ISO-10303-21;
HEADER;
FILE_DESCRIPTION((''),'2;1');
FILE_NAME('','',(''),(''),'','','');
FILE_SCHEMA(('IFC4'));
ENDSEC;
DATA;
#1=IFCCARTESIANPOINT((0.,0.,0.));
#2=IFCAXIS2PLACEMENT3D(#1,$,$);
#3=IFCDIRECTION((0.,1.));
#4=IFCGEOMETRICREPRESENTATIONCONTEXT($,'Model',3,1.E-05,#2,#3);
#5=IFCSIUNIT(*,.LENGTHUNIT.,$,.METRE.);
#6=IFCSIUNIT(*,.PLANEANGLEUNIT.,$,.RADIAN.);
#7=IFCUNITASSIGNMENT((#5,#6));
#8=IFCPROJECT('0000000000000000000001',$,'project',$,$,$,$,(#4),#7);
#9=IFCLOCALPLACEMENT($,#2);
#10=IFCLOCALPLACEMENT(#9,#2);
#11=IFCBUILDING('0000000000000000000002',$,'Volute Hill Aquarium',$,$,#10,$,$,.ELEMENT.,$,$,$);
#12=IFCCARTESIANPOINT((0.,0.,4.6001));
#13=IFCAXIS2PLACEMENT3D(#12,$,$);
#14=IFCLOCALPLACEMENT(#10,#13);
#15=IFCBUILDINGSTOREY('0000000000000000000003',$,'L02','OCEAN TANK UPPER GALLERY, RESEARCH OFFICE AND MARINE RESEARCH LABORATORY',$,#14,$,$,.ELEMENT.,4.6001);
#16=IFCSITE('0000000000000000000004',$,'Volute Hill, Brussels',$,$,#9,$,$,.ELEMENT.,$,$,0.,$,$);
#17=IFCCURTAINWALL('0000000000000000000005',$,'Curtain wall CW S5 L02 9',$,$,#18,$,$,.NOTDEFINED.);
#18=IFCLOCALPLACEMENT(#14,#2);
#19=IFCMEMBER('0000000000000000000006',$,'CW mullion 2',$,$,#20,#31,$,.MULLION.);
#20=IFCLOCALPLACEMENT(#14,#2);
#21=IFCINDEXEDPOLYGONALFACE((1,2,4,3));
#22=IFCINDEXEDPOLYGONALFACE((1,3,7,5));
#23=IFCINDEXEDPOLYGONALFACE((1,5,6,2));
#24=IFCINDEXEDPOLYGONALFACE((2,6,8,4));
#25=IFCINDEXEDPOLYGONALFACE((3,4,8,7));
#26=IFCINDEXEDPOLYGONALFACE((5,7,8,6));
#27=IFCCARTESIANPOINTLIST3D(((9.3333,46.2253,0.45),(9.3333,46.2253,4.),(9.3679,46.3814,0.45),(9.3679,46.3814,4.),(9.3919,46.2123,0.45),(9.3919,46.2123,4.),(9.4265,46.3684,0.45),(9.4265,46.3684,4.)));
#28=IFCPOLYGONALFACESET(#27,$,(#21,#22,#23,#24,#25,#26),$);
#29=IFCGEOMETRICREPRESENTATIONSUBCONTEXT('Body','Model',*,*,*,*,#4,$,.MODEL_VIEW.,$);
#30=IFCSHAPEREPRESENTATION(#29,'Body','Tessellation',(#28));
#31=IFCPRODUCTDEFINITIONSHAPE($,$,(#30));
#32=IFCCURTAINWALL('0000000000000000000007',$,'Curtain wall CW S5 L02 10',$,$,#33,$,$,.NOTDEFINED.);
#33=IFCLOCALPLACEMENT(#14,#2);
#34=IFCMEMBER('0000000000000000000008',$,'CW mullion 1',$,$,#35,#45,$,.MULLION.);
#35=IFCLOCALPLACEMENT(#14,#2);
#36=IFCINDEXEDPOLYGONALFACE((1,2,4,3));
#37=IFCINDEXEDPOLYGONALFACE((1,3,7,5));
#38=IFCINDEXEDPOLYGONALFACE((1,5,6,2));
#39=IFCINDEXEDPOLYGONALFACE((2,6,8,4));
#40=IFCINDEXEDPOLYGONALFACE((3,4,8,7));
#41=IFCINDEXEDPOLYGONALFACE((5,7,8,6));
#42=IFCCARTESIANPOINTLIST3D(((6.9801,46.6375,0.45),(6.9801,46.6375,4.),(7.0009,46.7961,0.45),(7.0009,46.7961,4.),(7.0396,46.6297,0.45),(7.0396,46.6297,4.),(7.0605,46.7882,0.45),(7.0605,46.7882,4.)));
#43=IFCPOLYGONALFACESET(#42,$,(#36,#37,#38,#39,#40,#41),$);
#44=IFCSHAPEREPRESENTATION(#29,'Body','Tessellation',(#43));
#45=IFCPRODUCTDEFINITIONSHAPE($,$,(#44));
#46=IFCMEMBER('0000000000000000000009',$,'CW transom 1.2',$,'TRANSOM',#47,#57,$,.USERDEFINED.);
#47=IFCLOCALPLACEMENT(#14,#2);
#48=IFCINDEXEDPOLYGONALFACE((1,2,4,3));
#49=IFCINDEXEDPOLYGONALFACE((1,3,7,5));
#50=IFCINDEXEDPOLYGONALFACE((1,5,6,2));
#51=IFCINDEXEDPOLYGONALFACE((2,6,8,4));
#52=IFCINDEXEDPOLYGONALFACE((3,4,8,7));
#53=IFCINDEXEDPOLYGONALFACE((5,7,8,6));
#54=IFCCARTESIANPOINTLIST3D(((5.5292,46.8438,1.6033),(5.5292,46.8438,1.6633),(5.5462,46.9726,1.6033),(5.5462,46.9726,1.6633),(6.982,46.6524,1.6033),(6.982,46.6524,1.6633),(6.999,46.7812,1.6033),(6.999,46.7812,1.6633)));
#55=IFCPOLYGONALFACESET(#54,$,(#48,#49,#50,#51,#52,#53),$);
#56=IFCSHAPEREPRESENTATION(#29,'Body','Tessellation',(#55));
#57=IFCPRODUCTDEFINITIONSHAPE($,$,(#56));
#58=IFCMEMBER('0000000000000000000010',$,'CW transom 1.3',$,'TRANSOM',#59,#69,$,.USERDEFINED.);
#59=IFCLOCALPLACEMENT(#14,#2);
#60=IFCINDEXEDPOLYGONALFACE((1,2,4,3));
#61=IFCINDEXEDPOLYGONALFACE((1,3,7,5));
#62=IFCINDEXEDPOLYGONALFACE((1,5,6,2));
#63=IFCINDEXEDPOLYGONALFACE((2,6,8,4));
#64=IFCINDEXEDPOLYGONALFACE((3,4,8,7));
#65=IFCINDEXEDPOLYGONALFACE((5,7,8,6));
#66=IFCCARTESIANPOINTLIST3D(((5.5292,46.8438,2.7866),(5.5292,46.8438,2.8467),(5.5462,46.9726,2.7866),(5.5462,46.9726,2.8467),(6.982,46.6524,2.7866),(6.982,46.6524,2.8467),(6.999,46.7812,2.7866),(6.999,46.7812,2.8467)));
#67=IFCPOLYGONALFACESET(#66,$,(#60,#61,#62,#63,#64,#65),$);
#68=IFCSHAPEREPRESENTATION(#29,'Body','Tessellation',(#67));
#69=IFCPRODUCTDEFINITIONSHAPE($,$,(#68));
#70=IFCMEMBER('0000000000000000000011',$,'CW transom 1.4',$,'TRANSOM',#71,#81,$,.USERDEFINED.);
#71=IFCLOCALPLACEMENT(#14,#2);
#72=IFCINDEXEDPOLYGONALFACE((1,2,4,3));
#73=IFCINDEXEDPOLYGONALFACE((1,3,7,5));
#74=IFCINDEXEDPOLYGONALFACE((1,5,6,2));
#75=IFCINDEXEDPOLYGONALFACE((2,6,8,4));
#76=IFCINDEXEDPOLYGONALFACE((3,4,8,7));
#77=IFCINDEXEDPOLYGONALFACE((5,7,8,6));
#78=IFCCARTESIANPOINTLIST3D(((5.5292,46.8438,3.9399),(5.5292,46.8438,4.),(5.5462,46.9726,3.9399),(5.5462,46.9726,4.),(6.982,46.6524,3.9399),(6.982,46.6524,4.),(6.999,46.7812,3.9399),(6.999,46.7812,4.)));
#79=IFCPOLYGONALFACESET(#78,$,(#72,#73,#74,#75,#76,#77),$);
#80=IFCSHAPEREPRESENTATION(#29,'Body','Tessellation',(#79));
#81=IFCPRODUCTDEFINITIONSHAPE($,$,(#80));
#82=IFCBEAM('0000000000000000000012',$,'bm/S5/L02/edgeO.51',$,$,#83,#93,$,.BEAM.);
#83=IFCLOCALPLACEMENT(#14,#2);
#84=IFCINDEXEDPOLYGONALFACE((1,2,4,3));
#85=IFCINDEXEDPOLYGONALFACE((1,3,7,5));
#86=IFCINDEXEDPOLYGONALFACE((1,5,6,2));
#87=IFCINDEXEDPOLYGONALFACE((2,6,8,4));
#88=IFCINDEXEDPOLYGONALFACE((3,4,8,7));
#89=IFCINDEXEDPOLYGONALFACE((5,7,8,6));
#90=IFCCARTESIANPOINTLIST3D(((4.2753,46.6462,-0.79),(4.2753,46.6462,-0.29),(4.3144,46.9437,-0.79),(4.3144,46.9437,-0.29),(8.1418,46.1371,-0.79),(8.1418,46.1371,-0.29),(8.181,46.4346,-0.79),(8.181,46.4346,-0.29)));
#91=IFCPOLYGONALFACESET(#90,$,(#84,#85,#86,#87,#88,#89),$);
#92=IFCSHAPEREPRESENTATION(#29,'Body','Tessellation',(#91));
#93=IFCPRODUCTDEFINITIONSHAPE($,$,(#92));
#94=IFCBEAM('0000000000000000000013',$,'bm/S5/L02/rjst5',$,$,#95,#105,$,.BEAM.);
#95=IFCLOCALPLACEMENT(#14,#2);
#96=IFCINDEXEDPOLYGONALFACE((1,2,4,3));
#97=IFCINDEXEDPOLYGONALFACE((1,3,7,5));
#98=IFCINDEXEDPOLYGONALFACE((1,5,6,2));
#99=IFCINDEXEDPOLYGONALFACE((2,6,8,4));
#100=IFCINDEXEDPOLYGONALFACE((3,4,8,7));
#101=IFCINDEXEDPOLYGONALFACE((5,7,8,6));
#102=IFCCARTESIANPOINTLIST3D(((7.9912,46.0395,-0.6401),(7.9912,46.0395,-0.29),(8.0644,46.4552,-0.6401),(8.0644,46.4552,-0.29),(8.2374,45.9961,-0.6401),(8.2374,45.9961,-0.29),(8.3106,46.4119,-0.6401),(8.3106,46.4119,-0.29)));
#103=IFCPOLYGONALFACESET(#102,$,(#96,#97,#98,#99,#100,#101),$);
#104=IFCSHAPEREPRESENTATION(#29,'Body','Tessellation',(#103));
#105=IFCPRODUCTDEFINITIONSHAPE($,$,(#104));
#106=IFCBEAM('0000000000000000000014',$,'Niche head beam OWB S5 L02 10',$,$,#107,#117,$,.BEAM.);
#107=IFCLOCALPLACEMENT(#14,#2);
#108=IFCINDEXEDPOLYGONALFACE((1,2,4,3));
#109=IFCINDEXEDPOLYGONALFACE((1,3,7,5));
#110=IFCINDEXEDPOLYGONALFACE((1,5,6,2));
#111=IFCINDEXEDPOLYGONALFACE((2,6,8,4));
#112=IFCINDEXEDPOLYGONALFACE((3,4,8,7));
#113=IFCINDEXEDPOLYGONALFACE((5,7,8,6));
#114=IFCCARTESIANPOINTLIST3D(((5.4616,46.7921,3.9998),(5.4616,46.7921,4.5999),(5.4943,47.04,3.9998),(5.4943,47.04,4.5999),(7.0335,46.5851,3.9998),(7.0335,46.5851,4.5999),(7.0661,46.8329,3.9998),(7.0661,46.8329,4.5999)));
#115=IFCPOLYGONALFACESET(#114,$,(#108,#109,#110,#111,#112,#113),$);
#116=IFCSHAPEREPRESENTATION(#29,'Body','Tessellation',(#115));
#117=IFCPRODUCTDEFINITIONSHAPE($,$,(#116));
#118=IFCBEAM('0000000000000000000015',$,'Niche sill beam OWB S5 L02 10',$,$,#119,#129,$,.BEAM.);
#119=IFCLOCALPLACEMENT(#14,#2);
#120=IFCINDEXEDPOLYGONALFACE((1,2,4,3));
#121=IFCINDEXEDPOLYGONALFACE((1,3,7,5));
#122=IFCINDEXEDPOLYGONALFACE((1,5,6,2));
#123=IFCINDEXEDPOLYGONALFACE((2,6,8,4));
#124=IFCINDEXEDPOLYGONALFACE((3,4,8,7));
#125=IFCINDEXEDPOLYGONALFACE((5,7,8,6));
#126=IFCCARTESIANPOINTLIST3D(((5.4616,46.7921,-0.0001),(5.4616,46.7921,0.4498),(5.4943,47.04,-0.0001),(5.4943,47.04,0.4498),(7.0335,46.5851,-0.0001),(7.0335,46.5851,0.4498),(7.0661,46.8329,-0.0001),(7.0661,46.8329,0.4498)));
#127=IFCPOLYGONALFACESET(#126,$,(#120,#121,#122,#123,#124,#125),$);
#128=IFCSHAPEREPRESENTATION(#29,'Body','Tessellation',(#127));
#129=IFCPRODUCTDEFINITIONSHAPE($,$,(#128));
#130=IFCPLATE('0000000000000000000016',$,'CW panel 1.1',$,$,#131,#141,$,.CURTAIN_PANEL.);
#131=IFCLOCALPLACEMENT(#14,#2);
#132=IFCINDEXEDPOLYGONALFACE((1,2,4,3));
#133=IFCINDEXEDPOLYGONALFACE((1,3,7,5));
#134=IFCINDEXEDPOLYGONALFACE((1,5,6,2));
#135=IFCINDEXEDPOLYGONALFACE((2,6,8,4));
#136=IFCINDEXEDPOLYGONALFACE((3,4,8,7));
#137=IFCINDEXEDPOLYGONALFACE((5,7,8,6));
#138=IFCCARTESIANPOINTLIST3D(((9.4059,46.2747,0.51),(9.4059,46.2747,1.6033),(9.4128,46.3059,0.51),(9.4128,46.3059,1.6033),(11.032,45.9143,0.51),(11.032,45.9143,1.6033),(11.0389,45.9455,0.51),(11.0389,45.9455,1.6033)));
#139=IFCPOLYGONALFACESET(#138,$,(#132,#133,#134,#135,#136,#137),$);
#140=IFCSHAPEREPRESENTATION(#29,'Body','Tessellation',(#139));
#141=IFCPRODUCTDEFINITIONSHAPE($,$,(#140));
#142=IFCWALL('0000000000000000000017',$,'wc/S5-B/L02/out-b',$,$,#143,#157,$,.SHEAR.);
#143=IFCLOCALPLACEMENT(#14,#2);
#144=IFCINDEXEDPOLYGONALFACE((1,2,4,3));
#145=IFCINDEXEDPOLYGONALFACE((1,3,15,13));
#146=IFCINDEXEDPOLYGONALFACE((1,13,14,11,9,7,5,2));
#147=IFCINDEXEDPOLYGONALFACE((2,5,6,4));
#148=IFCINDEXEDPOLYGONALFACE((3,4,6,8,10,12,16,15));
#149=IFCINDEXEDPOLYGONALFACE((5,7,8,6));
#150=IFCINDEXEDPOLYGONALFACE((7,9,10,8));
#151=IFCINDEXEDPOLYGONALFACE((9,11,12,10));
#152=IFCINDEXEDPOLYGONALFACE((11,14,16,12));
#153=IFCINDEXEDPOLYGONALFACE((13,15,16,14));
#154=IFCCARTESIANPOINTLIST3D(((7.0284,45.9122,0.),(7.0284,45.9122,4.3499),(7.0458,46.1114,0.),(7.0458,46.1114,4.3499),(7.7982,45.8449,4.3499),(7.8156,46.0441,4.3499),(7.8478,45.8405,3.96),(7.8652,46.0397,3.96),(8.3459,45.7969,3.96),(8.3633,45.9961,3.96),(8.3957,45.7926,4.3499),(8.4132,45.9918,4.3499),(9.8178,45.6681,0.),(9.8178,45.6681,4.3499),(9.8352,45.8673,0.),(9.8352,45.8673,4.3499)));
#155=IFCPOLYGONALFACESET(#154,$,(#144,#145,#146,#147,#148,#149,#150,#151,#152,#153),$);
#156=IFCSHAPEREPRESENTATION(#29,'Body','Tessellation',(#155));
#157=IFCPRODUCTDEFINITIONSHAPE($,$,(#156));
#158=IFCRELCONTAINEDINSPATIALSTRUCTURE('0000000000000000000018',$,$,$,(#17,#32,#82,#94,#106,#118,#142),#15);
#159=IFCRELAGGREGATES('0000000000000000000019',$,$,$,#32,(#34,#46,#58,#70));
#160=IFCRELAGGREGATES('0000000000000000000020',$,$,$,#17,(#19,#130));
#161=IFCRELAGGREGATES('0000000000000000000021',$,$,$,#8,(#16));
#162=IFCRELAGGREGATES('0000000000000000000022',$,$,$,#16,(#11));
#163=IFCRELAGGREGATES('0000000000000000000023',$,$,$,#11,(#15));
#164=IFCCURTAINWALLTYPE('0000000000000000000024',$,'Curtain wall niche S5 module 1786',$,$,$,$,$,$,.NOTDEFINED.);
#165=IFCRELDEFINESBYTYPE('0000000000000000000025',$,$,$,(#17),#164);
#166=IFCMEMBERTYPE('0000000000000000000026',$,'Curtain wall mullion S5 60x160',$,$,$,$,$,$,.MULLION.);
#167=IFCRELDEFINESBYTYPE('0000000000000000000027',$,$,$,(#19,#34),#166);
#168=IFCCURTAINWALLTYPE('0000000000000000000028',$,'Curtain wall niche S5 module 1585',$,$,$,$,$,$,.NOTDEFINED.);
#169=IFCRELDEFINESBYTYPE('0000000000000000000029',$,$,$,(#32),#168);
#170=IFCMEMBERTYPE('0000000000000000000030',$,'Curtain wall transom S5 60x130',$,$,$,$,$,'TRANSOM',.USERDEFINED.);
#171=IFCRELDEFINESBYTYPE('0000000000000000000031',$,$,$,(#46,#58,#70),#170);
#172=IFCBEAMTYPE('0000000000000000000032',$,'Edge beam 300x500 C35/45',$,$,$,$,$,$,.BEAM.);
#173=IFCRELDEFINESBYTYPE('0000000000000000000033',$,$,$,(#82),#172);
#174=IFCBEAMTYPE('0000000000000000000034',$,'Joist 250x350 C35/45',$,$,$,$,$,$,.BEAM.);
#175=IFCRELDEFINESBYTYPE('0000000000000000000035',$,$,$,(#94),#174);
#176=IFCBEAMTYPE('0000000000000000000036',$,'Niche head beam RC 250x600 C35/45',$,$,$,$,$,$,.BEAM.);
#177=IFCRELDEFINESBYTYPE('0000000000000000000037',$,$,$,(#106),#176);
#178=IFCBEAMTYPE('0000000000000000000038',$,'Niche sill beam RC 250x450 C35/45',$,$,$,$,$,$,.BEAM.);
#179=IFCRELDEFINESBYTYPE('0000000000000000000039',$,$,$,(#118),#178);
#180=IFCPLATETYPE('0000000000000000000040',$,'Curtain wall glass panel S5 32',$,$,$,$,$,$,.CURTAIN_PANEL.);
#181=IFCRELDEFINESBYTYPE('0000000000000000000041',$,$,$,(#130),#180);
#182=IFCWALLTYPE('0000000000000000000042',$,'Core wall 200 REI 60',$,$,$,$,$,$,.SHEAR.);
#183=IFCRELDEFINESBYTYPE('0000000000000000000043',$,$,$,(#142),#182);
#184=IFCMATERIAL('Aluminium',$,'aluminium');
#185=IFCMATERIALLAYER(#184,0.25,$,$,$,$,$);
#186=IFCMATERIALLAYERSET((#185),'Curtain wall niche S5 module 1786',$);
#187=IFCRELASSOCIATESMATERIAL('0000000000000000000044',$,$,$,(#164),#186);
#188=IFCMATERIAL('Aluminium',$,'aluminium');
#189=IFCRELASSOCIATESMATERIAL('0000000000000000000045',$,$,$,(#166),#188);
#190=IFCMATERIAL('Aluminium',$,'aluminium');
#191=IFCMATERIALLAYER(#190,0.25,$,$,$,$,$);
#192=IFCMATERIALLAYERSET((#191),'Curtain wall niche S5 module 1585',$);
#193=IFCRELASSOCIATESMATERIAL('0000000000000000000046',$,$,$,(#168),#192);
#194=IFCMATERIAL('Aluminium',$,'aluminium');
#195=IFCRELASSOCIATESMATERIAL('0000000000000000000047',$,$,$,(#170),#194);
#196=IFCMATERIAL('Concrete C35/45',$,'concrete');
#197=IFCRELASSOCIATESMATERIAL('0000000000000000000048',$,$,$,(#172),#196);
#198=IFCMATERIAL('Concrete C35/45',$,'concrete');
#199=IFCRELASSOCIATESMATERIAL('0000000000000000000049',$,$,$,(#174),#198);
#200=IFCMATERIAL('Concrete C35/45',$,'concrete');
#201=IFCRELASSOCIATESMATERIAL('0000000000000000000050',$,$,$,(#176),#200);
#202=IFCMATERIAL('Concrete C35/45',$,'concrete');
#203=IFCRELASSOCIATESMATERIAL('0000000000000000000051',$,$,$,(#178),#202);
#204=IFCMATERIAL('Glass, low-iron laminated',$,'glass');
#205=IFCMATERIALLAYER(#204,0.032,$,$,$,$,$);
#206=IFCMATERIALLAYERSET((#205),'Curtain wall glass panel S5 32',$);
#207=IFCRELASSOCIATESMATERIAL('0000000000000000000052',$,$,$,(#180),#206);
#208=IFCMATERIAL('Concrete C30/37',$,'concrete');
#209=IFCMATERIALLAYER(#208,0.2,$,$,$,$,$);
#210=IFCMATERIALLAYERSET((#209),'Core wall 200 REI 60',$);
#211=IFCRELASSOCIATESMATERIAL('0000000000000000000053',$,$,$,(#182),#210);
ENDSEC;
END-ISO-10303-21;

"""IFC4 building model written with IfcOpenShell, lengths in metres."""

from ifc_helpers import new_model, si_unit, direction, frame, origin, origin_2d, place, context, subcontext, project, spatial, polyline, rectangle, outline, extrude, material, layer, layer_set, material_profile, profile_set, type_object, element, aggregate, save


model = new_model("IFC4")

# Units and contexts
model_context = context("Model", 3, precision=1e-05, world=origin(), true_north=direction((0.0, 1.0)))
body_context = subcontext(model_context, "Body", "Model", "MODEL_VIEW")
ifc_project = project(units=[si_unit("LENGTHUNIT", "METRE"), si_unit("PLANEANGLEUNIT", "RADIAN")], contexts=[model_context])

# Site, building, storey
site_placement = place(None, origin())
site = spatial("IfcSite", under=ifc_project, at=site_placement, Name="Volute Hill, Brussels", CompositionType="ELEMENT", RefElevation=0.0)
building_placement = place(site_placement, origin())
building = spatial("IfcBuilding", under=site, at=building_placement, Name="Volute Hill Aquarium", CompositionType="ELEMENT")
storey_placement = place(building_placement, frame((0.0, 0.0, 4.6001)))
storey = spatial("IfcBuildingStorey", under=building, at=storey_placement, Name="L02", Description="OCEAN TANK UPPER GALLERY, RESEARCH OFFICE AND MARINE RESEARCH LABORATORY", CompositionType="ELEMENT", Elevation=4.6001)

# Curtain wall, member
ifc_material_1 = material(Name="Aluminium", Category="aluminium")
ifc_layer_1 = layer(ifc_material_1, 0.25)
ifc_layer_set_1 = layer_set([ifc_layer_1], Name="Curtain wall niche S5 module 1786")
curtain_wall_type_1 = type_object("IfcCurtainWallType", Name="Curtain wall niche S5 module 1786", PredefinedType="NOTDEFINED", material=ifc_layer_set_1)
curtain_wall_1_placement = place(storey_placement, origin())
curtain_wall_1 = element("IfcCurtainWall", 1, at=curtain_wall_1_placement, inside=storey, type_object=curtain_wall_type_1, Name="Curtain wall CW S5 L02 9", PredefinedType="NOTDEFINED")
ifc_material_2 = material(Name="Aluminium", Category="aluminium")
ifc_material_profile_1 = material_profile(ifc_material_2, rectangle(XDim=0.1599, YDim=0.0601, at=origin_2d()), Name="Curtain wall mullion S5 60x160")
ifc_profile_set_1 = profile_set([ifc_material_profile_1], Name="Aluminium")
member_type_1 = type_object("IfcMemberType", Name="Curtain wall mullion S5 60x160", PredefinedType="MULLION", material=ifc_profile_set_1)
member_1_placement = place(storey_placement, frame((9.3799, 46.2969, 0.45), z_axis=(0.0, 0.0, 1.0), x_axis=(-0.216422, -0.9763, 0.0)))
member_1 = element("IfcMember", 2, at=member_1_placement, type_object=member_type_1, Name="CW mullion 2", PredefinedType="MULLION", context=body_context, shape_type="SweptSolid", body=[
    extrude(rectangle(XDim=0.1599, YDim=0.0601, at=origin_2d()), origin(), (0.0, 0.0, 1.0), 3.55),
])

# Curtain wall, members
ifc_material_3 = material(Name="Aluminium", Category="aluminium")
ifc_layer_2 = layer(ifc_material_3, 0.25)
ifc_layer_set_2 = layer_set([ifc_layer_2], Name="Curtain wall niche S5 module 1585")
curtain_wall_type_2 = type_object("IfcCurtainWallType", Name="Curtain wall niche S5 module 1585", PredefinedType="NOTDEFINED", material=ifc_layer_set_2)
curtain_wall_2_placement = place(storey_placement, origin())
curtain_wall_2 = element("IfcCurtainWall", 3, at=curtain_wall_2_placement, inside=storey, type_object=curtain_wall_type_2, Name="Curtain wall CW S5 L02 10", PredefinedType="NOTDEFINED")
member_2_placement = place(storey_placement, frame((7.0203, 46.7129, 0.45), z_axis=(0.0, 0.0, 1.0), x_axis=(-0.130539, -0.991443, 0.0)))
member_2 = element("IfcMember", 4, at=member_2_placement, type_object=member_type_1, Name="CW mullion 1", PredefinedType="MULLION", context=body_context, shape_type="SweptSolid", body=[
    extrude(rectangle(XDim=0.1599, YDim=0.0601, at=origin_2d()), origin(), (0.0, 0.0, 1.0), 3.55),
])
ifc_material_4 = material(Name="Aluminium", Category="aluminium")
ifc_material_profile_2 = material_profile(ifc_material_4, rectangle(XDim=0.1299, YDim=0.0601, at=origin_2d()), Name="Curtain wall transom S5 60x130")
ifc_profile_set_2 = profile_set([ifc_material_profile_2], Name="Aluminium")
member_type_2 = type_object("IfcMemberType", Name="Curtain wall transom S5 60x130", ElementType="TRANSOM", PredefinedType="USERDEFINED", material=ifc_profile_set_2)
member_3_placement = place(storey_placement, frame((6.9905, 46.7168, 1.6333), z_axis=(-0.991433, 0.130614, 0.0), x_axis=(-0.130614, -0.991433, 0.0)))
member_3 = element("IfcMember", 5, at=member_3_placement, type_object=member_type_2, Name="CW transom 1.2", ObjectType="TRANSOM", PredefinedType="USERDEFINED", context=body_context, shape_type="SweptSolid", body=[
    extrude(rectangle(XDim=0.1299, YDim=0.0601, at=origin_2d()), origin(), (0.0, 0.0, 1.0), 1.4653),
])
member_4_placement = place(storey_placement, frame((6.9905, 46.7168, 2.8167), z_axis=(-0.991433, 0.130614, 0.0), x_axis=(-0.130614, -0.991433, 0.0)))
member_4 = element("IfcMember", 6, at=member_4_placement, type_object=member_type_2, Name="CW transom 1.3", ObjectType="TRANSOM", PredefinedType="USERDEFINED", context=body_context, shape_type="SweptSolid", body=[
    extrude(rectangle(XDim=0.1299, YDim=0.0601, at=origin_2d()), origin(), (0.0, 0.0, 1.0), 1.4653),
])
member_5_placement = place(storey_placement, frame((6.9905, 46.7168, 3.97), z_axis=(-0.991433, 0.130614, 0.0), x_axis=(-0.130614, -0.991433, 0.0)))
member_5 = element("IfcMember", 7, at=member_5_placement, type_object=member_type_2, Name="CW transom 1.4", ObjectType="TRANSOM", PredefinedType="USERDEFINED", context=body_context, shape_type="SweptSolid", body=[
    extrude(rectangle(XDim=0.1299, YDim=0.0601, at=origin_2d()), origin(), (0.0, 0.0, 1.0), 1.4653),
])
aggregate(curtain_wall_2, [member_2, member_3, member_4, member_5])

# Beams
ifc_material_5 = material(Name="Concrete C35/45", Category="concrete")
ifc_material_profile_3 = material_profile(ifc_material_5, rectangle(XDim=0.3, YDim=0.5, at=origin_2d()), Name="RC edge beam 300x500")
ifc_profile_set_3 = profile_set([ifc_material_profile_3], Name="Concrete C35/45")
beam_type_1 = type_object("IfcBeamType", Name="Edge beam 300x500 C35/45", PredefinedType="BEAM", material=ifc_profile_set_3)
beam_1_placement = place(storey_placement, frame((8.1614, 46.2859, -0.54), z_axis=(-0.991445, 0.130527, 0.0), x_axis=(-0.130527, -0.991445, 0.0)))
element("IfcBeam", 8, at=beam_1_placement, inside=storey, type_object=beam_type_1, Name="bm/S5/L02/edgeO.51", PredefinedType="BEAM", context=body_context, shape_type="SweptSolid", body=[
    extrude(rectangle(XDim=0.3, YDim=0.5, at=origin_2d()), origin(), (0.0, 0.0, 1.0), 3.8999),
])
ifc_material_6 = material(Name="Concrete C35/45", Category="concrete")
ifc_material_profile_4 = material_profile(ifc_material_6, rectangle(XDim=0.25, YDim=0.3501, at=origin_2d()), Name="RC joist 250x350")
ifc_profile_set_4 = profile_set([ifc_material_profile_4], Name="Concrete C35/45")
beam_type_2 = type_object("IfcBeamType", Name="Joist 250x350 C35/45", PredefinedType="BEAM", material=ifc_profile_set_4)
beam_2_placement = place(storey_placement, frame((8.1143, 46.0178, -0.4651), z_axis=(0.173488, 0.984836, 0.0), x_axis=(-0.984836, 0.173488, 0.0)))
element("IfcBeam", 9, at=beam_2_placement, inside=storey, type_object=beam_type_2, Name="bm/S5/L02/rjst5", PredefinedType="BEAM", context=body_context, shape_type="SweptSolid", body=[
    extrude(rectangle(XDim=0.25, YDim=0.3501, at=origin_2d()), origin(), (0.0, 0.0, 1.0), 0.4221),
])
ifc_material_7 = material(Name="Concrete C35/45", Category="concrete")
ifc_material_profile_5 = material_profile(ifc_material_7, rectangle(XDim=0.25, YDim=0.6001, at=origin_2d()), Name="RC beam 250x600")
ifc_profile_set_5 = profile_set([ifc_material_profile_5], Name="Concrete C35/45")
beam_type_3 = type_object("IfcBeamType", Name="Niche head beam RC 250x600 C35/45", PredefinedType="BEAM", material=ifc_profile_set_5)
beam_3_placement = place(storey_placement, frame((7.0498, 46.709, 4.2998), z_axis=(-0.991436, 0.13059, 0.0), x_axis=(-0.13059, -0.991436, 0.0)))
element("IfcBeam", 10, at=beam_3_placement, inside=storey, type_object=beam_type_3, Name="Niche head beam OWB S5 L02 10", PredefinedType="BEAM", context=body_context, shape_type="SweptSolid", body=[
    extrude(rectangle(XDim=0.25, YDim=0.6001, at=origin_2d()), origin(), (0.0, 0.0, 1.0), 1.5854),
])
ifc_material_8 = material(Name="Concrete C35/45", Category="concrete")
ifc_material_profile_6 = material_profile(ifc_material_8, rectangle(XDim=0.25, YDim=0.45, at=origin_2d()), Name="RC beam 250x450")
ifc_profile_set_6 = profile_set([ifc_material_profile_6], Name="Concrete C35/45")
beam_type_4 = type_object("IfcBeamType", Name="Niche sill beam RC 250x450 C35/45", PredefinedType="BEAM", material=ifc_profile_set_6)
beam_4_placement = place(storey_placement, frame((7.0498, 46.709, 0.2249), z_axis=(-0.991436, 0.13059, 0.0), x_axis=(-0.13059, -0.991436, 0.0)))
element("IfcBeam", 11, at=beam_4_placement, inside=storey, type_object=beam_type_4, Name="Niche sill beam OWB S5 L02 10", PredefinedType="BEAM", context=body_context, shape_type="SweptSolid", body=[
    extrude(rectangle(XDim=0.25, YDim=0.45, at=origin_2d()), origin(), (0.0, 0.0, 1.0), 1.5854),
])

# Plate
ifc_material_9 = material(Name="Glass, low-iron laminated", Category="glass")
ifc_layer_3 = layer(ifc_material_9, 0.032)
ifc_layer_set_3 = layer_set([ifc_layer_3], Name="Curtain wall glass panel S5 32")
plate_type = type_object("IfcPlateType", Name="Curtain wall glass panel S5 32", PredefinedType="CURTAIN_PANEL", material=ifc_layer_set_3)
plate_placement = place(storey_placement, frame((10.2224, 46.1101, 0.51), z_axis=(0.0, 0.0, 1.0), x_axis=(-0.9763, 0.216422, 0.0)))
plate = element("IfcPlate", 12, at=plate_placement, type_object=plate_type, Name="CW panel 1.1", PredefinedType="CURTAIN_PANEL", context=body_context, shape_type="SweptSolid", body=[
    extrude(rectangle(XDim=1.6655, YDim=0.032, at=origin_2d()), origin(), (0.0, 0.0, 1.0), 1.0933),
])
aggregate(curtain_wall_1, [member_1, plate])

# Wall
ifc_material_10 = material(Name="Concrete C30/37", Category="concrete")
ifc_layer_4 = layer(ifc_material_10, 0.2)
ifc_layer_set_4 = layer_set([ifc_layer_4], Name="Core wall 200 REI 60")
wall_type = type_object("IfcWallType", Name="Core wall 200 REI 60", PredefinedType="SHEAR", material=ifc_layer_set_4)
wall_placement = place(storey_placement, frame((7.0371, 46.0117, 0.0), z_axis=(0.0, 0.0, 1.0), x_axis=(0.996191, -0.087194, 0.0)))
element("IfcWall", 13, at=wall_placement, inside=storey, type_object=wall_type, Name="wc/S5-B/L02/out-b", PredefinedType="SHEAR", context=body_context, shape_type="SweptSolid", body=[
    extrude(outline(polyline([(0.0, 0.0), (2.8, 0.0), (2.8, 4.3499), (1.3726, 4.3499), (1.3225, 3.96), (0.8225, 3.96), (0.7727, 4.3499), (0.0, 4.3499), (0.0, 0.0)])), frame((0.0, 0.1001, 0.0), z_axis=(0.0, -1.0, 0.0), x_axis=(1.0, 0.0, 0.0)), (0.0, 0.0, 1.0), 0.2),
])

save(model, "model.ifc")
